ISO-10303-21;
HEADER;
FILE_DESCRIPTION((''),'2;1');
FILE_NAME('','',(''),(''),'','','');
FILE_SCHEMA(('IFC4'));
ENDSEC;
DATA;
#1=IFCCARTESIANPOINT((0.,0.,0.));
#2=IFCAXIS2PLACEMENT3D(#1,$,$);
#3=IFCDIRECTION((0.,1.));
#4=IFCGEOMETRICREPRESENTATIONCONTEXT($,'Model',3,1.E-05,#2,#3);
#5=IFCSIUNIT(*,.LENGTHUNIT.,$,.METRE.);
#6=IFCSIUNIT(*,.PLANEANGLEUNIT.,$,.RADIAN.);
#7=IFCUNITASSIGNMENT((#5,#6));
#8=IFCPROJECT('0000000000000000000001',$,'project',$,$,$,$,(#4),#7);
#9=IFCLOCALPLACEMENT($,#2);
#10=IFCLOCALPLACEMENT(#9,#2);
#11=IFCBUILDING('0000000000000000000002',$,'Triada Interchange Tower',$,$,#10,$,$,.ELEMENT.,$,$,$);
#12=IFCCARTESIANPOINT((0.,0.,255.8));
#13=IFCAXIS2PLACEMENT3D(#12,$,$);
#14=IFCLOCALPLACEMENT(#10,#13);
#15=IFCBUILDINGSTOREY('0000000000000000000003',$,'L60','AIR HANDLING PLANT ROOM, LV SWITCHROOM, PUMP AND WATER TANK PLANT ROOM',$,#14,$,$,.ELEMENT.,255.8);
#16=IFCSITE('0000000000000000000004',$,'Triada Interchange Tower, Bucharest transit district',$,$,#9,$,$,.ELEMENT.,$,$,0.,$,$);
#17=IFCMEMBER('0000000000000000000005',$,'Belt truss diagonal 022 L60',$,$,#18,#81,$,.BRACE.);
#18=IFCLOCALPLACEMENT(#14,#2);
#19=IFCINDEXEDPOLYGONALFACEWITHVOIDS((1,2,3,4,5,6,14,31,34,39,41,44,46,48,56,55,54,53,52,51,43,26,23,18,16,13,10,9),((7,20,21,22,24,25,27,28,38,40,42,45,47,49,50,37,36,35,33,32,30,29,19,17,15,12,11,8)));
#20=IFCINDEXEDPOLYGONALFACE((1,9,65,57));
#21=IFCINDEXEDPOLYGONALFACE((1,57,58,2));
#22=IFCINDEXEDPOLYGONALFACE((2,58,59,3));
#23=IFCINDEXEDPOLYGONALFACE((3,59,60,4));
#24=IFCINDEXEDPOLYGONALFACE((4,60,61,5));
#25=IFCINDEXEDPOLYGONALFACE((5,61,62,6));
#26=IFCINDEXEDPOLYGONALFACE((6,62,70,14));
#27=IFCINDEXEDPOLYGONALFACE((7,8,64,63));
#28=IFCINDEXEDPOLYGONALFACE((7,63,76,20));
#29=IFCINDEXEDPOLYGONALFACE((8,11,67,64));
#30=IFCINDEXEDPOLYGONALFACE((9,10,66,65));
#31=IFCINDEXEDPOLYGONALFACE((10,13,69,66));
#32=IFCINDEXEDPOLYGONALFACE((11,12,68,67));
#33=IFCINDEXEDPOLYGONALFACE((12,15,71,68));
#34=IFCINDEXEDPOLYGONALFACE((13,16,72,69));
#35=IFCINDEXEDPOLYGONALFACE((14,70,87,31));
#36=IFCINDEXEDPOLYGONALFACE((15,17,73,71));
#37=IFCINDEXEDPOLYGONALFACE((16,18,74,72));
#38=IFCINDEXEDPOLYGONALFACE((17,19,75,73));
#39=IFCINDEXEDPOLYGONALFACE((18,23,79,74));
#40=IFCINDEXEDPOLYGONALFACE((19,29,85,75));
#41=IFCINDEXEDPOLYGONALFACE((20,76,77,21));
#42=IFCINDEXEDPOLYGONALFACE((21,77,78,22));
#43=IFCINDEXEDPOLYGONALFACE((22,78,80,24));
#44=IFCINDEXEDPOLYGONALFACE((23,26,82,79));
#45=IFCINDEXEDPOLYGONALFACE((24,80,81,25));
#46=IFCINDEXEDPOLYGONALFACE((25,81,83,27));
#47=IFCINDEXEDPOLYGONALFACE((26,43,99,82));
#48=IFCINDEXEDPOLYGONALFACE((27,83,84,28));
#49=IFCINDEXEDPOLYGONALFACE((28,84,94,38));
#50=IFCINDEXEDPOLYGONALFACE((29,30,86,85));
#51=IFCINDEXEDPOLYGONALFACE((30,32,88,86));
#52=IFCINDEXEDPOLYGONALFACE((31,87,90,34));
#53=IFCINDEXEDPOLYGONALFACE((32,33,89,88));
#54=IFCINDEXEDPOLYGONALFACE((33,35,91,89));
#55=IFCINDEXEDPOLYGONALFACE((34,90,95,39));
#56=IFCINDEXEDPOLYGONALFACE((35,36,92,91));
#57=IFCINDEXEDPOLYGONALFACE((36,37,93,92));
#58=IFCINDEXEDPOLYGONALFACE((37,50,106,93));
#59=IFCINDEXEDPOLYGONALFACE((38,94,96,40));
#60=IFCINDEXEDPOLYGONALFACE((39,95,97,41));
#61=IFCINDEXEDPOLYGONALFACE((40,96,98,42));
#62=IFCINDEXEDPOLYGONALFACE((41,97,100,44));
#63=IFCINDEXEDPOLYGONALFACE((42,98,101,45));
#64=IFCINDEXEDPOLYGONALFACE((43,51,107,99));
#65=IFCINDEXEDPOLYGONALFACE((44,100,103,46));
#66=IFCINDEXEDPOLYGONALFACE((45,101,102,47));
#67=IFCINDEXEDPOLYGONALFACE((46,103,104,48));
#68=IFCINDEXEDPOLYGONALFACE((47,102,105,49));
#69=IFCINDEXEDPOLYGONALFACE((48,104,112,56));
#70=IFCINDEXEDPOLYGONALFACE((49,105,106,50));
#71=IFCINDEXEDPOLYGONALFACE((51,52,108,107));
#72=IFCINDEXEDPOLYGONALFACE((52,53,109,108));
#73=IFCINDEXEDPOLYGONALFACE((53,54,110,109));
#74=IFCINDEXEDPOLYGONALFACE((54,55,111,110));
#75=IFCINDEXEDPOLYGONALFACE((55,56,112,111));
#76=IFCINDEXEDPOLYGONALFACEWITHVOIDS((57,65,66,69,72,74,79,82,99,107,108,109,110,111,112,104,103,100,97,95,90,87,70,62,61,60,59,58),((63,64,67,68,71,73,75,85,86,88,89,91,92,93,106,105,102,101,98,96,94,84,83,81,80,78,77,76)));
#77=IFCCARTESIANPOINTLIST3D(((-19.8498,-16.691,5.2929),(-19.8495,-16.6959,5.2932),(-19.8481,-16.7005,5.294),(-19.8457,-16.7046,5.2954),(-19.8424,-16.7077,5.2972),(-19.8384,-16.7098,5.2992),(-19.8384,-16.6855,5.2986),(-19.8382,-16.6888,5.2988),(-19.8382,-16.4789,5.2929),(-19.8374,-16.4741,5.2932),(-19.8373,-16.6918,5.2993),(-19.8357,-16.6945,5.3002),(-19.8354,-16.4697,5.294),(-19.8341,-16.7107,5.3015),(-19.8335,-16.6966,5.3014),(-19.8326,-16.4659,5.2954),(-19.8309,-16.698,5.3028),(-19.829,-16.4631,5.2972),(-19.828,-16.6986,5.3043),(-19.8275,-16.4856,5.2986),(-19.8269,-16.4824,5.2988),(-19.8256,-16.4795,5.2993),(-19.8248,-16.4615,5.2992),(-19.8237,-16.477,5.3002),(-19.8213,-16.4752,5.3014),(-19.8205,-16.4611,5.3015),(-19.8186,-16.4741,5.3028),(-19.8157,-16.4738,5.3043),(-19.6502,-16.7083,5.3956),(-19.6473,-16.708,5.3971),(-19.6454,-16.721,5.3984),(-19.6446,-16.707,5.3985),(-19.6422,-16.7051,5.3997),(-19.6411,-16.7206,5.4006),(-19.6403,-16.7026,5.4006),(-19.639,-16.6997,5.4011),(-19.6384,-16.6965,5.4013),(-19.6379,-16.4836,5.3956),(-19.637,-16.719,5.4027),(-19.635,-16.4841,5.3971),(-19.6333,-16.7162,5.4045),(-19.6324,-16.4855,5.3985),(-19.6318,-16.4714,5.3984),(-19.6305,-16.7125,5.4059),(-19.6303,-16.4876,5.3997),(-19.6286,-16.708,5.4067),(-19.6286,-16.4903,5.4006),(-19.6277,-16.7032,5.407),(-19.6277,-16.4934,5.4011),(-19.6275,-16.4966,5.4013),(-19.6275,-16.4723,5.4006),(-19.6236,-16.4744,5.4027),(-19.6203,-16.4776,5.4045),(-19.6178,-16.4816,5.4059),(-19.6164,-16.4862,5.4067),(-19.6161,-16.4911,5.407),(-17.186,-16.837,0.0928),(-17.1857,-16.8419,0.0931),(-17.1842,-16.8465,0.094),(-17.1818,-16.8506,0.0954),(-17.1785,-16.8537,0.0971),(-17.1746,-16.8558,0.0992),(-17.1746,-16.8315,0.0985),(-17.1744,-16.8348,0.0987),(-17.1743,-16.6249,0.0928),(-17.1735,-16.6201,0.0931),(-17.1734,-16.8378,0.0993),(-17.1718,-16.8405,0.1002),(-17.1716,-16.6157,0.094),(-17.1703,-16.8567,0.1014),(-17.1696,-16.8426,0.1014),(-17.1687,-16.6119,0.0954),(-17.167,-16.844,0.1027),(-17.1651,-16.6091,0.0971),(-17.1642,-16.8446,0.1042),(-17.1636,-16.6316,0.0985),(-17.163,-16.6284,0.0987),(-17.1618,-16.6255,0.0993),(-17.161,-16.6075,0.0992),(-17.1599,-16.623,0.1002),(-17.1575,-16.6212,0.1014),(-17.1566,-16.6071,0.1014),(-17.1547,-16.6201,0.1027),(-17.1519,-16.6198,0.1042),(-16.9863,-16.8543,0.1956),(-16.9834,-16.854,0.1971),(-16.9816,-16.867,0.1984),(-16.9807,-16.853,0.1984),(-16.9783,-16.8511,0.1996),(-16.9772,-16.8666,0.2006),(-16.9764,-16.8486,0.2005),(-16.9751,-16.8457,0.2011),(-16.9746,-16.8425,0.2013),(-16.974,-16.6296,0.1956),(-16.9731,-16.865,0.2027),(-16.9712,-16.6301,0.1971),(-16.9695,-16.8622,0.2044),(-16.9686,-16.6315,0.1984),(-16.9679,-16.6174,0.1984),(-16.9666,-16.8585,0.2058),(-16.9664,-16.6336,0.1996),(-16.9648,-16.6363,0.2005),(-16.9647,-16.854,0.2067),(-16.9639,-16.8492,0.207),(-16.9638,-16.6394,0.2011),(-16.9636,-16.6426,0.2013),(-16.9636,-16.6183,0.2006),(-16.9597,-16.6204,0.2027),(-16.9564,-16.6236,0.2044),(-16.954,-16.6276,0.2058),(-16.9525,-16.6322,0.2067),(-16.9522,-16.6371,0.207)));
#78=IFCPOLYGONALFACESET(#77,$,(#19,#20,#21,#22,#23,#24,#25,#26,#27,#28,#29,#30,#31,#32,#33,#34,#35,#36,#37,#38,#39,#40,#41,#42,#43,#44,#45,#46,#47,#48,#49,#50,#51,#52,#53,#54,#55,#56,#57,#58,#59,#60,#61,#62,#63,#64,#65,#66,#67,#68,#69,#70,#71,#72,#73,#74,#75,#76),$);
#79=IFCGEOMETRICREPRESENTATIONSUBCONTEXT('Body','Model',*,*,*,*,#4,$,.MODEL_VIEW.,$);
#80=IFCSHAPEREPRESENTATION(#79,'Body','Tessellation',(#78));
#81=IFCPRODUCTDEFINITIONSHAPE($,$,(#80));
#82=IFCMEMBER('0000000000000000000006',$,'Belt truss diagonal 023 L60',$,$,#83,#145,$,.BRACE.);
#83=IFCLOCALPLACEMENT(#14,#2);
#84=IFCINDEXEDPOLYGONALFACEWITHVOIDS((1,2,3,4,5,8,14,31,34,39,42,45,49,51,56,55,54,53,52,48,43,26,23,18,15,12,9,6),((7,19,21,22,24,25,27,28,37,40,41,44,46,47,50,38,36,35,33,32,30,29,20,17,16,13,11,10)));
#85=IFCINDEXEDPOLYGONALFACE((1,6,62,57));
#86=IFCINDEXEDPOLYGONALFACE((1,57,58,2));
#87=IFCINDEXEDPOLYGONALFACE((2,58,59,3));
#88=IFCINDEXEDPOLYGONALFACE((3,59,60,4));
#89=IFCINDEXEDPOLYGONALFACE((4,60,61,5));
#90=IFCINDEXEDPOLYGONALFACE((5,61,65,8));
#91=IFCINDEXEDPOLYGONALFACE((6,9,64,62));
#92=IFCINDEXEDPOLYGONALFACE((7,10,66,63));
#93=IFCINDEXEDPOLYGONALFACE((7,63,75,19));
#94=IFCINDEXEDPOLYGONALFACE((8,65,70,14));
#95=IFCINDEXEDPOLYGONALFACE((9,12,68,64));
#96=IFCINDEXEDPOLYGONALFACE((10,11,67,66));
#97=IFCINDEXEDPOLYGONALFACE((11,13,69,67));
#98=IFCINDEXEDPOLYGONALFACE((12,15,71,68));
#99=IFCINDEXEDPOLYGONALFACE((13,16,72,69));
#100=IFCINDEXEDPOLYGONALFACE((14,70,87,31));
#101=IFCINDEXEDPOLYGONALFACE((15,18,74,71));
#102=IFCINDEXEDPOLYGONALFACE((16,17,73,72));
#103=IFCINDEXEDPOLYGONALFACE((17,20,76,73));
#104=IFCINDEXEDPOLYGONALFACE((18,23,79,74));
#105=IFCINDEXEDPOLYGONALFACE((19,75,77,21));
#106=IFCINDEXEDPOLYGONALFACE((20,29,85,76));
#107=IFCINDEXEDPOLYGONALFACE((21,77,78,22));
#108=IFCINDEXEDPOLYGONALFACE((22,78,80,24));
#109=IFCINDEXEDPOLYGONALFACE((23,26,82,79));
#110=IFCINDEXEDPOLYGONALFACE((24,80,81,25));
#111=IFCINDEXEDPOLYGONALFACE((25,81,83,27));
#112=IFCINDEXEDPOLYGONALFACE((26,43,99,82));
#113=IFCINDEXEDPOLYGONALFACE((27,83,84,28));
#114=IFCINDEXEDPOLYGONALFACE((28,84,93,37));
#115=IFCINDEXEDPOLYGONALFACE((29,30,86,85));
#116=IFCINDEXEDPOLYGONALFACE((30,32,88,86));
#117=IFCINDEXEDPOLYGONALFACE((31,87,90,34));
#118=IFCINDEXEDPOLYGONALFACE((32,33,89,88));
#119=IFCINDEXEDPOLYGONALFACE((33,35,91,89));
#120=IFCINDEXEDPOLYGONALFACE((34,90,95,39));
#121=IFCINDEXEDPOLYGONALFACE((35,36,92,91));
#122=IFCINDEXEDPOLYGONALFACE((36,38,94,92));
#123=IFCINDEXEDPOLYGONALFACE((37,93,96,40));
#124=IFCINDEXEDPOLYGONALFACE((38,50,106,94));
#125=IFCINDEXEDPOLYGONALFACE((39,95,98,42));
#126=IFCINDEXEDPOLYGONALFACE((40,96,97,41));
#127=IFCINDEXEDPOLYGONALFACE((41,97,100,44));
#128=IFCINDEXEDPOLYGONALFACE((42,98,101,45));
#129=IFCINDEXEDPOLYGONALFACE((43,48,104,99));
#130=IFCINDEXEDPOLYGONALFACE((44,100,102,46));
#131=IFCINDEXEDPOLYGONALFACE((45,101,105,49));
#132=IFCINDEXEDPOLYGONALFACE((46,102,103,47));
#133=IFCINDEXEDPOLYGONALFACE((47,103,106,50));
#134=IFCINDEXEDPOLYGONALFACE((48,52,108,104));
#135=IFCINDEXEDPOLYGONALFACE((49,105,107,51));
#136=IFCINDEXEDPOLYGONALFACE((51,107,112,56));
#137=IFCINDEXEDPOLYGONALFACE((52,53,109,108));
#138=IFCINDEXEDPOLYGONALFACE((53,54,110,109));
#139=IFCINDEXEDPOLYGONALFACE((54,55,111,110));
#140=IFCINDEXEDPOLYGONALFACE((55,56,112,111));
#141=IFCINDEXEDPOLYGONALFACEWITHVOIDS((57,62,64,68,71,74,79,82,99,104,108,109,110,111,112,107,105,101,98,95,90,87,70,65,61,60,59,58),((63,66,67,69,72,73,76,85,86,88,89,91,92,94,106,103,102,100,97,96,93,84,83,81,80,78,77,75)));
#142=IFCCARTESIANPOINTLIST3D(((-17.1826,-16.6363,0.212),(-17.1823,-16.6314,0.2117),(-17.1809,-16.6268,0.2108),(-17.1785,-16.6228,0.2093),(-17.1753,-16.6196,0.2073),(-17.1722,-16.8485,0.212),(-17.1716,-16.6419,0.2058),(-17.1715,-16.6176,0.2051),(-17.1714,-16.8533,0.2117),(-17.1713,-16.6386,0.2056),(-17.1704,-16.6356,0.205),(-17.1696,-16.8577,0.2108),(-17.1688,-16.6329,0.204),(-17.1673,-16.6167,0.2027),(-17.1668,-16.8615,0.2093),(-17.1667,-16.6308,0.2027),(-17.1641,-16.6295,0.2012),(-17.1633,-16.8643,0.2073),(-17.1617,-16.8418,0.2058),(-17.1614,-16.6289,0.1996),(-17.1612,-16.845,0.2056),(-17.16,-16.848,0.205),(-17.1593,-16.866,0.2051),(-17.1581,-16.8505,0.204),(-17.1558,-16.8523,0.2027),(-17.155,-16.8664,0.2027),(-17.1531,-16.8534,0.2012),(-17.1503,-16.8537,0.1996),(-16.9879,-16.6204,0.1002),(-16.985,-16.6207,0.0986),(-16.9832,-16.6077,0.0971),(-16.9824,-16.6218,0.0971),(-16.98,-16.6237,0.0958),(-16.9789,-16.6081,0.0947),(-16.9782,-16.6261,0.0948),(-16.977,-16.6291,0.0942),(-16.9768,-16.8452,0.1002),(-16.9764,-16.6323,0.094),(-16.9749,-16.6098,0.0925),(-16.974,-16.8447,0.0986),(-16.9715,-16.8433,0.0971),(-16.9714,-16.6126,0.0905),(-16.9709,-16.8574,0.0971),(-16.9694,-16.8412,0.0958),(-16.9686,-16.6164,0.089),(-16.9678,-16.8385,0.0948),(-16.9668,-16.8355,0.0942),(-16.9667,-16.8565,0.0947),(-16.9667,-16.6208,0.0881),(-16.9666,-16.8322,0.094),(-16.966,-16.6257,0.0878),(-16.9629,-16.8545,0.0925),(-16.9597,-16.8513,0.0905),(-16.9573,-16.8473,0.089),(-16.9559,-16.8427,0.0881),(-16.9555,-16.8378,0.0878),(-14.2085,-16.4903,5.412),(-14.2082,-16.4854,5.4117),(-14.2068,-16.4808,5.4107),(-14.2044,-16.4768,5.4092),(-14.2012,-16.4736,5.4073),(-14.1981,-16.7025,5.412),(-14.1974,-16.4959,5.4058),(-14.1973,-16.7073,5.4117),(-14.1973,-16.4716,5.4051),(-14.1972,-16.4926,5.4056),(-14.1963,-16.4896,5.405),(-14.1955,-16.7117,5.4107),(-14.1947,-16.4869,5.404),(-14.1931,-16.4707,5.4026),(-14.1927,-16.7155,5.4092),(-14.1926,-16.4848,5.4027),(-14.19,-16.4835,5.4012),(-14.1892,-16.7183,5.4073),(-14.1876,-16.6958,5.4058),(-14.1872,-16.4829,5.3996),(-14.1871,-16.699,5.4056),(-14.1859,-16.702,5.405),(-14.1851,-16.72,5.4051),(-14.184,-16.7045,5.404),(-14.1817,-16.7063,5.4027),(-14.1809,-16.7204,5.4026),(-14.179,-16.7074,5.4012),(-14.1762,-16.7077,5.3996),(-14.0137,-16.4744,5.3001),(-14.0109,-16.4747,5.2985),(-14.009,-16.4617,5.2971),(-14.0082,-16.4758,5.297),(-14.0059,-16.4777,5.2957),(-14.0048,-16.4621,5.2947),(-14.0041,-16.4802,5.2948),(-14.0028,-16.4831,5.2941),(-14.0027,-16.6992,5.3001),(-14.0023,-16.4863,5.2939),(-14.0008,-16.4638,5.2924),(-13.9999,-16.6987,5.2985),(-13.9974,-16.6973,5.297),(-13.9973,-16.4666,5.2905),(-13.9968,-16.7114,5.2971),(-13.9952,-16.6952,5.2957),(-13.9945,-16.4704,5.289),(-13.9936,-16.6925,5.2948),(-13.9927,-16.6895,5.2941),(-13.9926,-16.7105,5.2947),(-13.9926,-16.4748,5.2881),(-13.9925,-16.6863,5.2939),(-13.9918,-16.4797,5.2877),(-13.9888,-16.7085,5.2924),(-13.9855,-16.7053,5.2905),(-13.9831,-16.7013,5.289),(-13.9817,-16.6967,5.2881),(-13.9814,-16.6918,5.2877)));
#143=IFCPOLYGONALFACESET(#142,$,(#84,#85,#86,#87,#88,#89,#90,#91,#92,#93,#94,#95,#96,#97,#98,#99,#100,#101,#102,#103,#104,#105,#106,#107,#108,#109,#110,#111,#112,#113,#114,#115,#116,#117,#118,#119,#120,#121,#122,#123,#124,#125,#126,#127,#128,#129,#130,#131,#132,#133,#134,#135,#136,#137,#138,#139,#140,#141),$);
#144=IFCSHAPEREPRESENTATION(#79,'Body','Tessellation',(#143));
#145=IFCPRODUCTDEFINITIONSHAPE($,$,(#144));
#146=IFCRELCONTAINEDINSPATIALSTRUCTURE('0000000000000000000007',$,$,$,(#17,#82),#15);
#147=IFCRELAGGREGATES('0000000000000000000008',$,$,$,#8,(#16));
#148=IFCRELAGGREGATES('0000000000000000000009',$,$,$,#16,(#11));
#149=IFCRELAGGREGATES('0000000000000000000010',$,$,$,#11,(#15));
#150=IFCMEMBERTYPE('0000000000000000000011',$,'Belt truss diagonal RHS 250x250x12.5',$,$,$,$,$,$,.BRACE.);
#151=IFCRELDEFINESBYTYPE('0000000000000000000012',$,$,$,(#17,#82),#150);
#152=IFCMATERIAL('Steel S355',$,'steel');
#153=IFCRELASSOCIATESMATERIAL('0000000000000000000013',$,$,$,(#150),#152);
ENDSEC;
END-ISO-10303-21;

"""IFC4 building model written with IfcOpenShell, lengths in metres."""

from ifc_helpers import new_model, si_unit, direction, frame, origin, origin_2d, place, context, subcontext, project, spatial, hollow_rectangle, extrude, material, material_profile, profile_set, type_object, element, save


model = new_model("IFC4")

# Units and contexts
model_context = context("Model", 3, precision=1e-05, world=origin(), true_north=direction((0.0, 1.0)))
body_context = subcontext(model_context, "Body", "Model", "MODEL_VIEW")
ifc_project = project(units=[si_unit("LENGTHUNIT", "METRE"), si_unit("PLANEANGLEUNIT", "RADIAN")], contexts=[model_context])

# Site, building, storey
site_placement = place(None, origin())
site = spatial("IfcSite", under=ifc_project, at=site_placement, Name="Triada Interchange Tower, Bucharest transit district", CompositionType="ELEMENT", RefElevation=0.0)
building_placement = place(site_placement, origin())
building = spatial("IfcBuilding", under=site, at=building_placement, Name="Triada Interchange Tower", CompositionType="ELEMENT")
storey_placement = place(building_placement, frame((0.0, 0.0, 255.8)))
storey = spatial("IfcBuildingStorey", under=building, at=storey_placement, Name="L60", Description="AIR HANDLING PLANT ROOM, LV SWITCHROOM, PUMP AND WATER TANK PLANT ROOM", CompositionType="ELEMENT", Elevation=255.8)

# Members
ifc_material_1 = material(Name="Steel S355", Category="steel")
ifc_material_profile_1 = material_profile(ifc_material_1, hollow_rectangle(XDim=0.25, YDim=0.25, WallThickness=0.0125, InnerFilletRadius=0.0125, OuterFilletRadius=0.0188, at=origin_2d()), Name="RHS 250x250x12.5")
ifc_profile_set_1 = profile_set([ifc_material_profile_1], Name="Steel S355")
member_type = type_object("IfcMemberType", Name="Belt truss diagonal RHS 250x250x12.5", PredefinedType="BRACE", material=ifc_profile_set_1)
member_1_placement = place(storey_placement, frame((-17.0691, -16.7371, 0.1499), z_axis=(-0.455792, 0.024981, 0.889736), x_axis=(-0.054725, -0.998501, 0.0)))
element("IfcMember", 1, at=member_1_placement, inside=storey, type_object=member_type, Name="Belt truss diagonal 022 L60", PredefinedType="BRACE", context=body_context, shape_type="SweptSolid", body=[
    extrude(hollow_rectangle(XDim=0.25, YDim=0.25, WallThickness=0.0125, InnerFilletRadius=0.0125, OuterFilletRadius=0.0188, at=origin_2d()), origin(), (0.0, 0.0, 1.0), 5.8445),
])
member_2_placement = place(storey_placement, frame((-17.0691, -16.7371, 0.1499), z_axis=(0.496334, 0.024364, 0.86779), x_axis=(-0.04903, 0.998797, 0.0)))
element("IfcMember", 2, at=member_2_placement, inside=storey, type_object=member_type, Name="Belt truss diagonal 023 L60", PredefinedType="BRACE", context=body_context, shape_type="SweptSolid", body=[
    extrude(hollow_rectangle(XDim=0.25, YDim=0.25, WallThickness=0.0125, InnerFilletRadius=0.0125, OuterFilletRadius=0.0188, at=origin_2d()), origin(), (0.0, 0.0, 1.0), 5.9922),
])

save(model, "model.ifc")
